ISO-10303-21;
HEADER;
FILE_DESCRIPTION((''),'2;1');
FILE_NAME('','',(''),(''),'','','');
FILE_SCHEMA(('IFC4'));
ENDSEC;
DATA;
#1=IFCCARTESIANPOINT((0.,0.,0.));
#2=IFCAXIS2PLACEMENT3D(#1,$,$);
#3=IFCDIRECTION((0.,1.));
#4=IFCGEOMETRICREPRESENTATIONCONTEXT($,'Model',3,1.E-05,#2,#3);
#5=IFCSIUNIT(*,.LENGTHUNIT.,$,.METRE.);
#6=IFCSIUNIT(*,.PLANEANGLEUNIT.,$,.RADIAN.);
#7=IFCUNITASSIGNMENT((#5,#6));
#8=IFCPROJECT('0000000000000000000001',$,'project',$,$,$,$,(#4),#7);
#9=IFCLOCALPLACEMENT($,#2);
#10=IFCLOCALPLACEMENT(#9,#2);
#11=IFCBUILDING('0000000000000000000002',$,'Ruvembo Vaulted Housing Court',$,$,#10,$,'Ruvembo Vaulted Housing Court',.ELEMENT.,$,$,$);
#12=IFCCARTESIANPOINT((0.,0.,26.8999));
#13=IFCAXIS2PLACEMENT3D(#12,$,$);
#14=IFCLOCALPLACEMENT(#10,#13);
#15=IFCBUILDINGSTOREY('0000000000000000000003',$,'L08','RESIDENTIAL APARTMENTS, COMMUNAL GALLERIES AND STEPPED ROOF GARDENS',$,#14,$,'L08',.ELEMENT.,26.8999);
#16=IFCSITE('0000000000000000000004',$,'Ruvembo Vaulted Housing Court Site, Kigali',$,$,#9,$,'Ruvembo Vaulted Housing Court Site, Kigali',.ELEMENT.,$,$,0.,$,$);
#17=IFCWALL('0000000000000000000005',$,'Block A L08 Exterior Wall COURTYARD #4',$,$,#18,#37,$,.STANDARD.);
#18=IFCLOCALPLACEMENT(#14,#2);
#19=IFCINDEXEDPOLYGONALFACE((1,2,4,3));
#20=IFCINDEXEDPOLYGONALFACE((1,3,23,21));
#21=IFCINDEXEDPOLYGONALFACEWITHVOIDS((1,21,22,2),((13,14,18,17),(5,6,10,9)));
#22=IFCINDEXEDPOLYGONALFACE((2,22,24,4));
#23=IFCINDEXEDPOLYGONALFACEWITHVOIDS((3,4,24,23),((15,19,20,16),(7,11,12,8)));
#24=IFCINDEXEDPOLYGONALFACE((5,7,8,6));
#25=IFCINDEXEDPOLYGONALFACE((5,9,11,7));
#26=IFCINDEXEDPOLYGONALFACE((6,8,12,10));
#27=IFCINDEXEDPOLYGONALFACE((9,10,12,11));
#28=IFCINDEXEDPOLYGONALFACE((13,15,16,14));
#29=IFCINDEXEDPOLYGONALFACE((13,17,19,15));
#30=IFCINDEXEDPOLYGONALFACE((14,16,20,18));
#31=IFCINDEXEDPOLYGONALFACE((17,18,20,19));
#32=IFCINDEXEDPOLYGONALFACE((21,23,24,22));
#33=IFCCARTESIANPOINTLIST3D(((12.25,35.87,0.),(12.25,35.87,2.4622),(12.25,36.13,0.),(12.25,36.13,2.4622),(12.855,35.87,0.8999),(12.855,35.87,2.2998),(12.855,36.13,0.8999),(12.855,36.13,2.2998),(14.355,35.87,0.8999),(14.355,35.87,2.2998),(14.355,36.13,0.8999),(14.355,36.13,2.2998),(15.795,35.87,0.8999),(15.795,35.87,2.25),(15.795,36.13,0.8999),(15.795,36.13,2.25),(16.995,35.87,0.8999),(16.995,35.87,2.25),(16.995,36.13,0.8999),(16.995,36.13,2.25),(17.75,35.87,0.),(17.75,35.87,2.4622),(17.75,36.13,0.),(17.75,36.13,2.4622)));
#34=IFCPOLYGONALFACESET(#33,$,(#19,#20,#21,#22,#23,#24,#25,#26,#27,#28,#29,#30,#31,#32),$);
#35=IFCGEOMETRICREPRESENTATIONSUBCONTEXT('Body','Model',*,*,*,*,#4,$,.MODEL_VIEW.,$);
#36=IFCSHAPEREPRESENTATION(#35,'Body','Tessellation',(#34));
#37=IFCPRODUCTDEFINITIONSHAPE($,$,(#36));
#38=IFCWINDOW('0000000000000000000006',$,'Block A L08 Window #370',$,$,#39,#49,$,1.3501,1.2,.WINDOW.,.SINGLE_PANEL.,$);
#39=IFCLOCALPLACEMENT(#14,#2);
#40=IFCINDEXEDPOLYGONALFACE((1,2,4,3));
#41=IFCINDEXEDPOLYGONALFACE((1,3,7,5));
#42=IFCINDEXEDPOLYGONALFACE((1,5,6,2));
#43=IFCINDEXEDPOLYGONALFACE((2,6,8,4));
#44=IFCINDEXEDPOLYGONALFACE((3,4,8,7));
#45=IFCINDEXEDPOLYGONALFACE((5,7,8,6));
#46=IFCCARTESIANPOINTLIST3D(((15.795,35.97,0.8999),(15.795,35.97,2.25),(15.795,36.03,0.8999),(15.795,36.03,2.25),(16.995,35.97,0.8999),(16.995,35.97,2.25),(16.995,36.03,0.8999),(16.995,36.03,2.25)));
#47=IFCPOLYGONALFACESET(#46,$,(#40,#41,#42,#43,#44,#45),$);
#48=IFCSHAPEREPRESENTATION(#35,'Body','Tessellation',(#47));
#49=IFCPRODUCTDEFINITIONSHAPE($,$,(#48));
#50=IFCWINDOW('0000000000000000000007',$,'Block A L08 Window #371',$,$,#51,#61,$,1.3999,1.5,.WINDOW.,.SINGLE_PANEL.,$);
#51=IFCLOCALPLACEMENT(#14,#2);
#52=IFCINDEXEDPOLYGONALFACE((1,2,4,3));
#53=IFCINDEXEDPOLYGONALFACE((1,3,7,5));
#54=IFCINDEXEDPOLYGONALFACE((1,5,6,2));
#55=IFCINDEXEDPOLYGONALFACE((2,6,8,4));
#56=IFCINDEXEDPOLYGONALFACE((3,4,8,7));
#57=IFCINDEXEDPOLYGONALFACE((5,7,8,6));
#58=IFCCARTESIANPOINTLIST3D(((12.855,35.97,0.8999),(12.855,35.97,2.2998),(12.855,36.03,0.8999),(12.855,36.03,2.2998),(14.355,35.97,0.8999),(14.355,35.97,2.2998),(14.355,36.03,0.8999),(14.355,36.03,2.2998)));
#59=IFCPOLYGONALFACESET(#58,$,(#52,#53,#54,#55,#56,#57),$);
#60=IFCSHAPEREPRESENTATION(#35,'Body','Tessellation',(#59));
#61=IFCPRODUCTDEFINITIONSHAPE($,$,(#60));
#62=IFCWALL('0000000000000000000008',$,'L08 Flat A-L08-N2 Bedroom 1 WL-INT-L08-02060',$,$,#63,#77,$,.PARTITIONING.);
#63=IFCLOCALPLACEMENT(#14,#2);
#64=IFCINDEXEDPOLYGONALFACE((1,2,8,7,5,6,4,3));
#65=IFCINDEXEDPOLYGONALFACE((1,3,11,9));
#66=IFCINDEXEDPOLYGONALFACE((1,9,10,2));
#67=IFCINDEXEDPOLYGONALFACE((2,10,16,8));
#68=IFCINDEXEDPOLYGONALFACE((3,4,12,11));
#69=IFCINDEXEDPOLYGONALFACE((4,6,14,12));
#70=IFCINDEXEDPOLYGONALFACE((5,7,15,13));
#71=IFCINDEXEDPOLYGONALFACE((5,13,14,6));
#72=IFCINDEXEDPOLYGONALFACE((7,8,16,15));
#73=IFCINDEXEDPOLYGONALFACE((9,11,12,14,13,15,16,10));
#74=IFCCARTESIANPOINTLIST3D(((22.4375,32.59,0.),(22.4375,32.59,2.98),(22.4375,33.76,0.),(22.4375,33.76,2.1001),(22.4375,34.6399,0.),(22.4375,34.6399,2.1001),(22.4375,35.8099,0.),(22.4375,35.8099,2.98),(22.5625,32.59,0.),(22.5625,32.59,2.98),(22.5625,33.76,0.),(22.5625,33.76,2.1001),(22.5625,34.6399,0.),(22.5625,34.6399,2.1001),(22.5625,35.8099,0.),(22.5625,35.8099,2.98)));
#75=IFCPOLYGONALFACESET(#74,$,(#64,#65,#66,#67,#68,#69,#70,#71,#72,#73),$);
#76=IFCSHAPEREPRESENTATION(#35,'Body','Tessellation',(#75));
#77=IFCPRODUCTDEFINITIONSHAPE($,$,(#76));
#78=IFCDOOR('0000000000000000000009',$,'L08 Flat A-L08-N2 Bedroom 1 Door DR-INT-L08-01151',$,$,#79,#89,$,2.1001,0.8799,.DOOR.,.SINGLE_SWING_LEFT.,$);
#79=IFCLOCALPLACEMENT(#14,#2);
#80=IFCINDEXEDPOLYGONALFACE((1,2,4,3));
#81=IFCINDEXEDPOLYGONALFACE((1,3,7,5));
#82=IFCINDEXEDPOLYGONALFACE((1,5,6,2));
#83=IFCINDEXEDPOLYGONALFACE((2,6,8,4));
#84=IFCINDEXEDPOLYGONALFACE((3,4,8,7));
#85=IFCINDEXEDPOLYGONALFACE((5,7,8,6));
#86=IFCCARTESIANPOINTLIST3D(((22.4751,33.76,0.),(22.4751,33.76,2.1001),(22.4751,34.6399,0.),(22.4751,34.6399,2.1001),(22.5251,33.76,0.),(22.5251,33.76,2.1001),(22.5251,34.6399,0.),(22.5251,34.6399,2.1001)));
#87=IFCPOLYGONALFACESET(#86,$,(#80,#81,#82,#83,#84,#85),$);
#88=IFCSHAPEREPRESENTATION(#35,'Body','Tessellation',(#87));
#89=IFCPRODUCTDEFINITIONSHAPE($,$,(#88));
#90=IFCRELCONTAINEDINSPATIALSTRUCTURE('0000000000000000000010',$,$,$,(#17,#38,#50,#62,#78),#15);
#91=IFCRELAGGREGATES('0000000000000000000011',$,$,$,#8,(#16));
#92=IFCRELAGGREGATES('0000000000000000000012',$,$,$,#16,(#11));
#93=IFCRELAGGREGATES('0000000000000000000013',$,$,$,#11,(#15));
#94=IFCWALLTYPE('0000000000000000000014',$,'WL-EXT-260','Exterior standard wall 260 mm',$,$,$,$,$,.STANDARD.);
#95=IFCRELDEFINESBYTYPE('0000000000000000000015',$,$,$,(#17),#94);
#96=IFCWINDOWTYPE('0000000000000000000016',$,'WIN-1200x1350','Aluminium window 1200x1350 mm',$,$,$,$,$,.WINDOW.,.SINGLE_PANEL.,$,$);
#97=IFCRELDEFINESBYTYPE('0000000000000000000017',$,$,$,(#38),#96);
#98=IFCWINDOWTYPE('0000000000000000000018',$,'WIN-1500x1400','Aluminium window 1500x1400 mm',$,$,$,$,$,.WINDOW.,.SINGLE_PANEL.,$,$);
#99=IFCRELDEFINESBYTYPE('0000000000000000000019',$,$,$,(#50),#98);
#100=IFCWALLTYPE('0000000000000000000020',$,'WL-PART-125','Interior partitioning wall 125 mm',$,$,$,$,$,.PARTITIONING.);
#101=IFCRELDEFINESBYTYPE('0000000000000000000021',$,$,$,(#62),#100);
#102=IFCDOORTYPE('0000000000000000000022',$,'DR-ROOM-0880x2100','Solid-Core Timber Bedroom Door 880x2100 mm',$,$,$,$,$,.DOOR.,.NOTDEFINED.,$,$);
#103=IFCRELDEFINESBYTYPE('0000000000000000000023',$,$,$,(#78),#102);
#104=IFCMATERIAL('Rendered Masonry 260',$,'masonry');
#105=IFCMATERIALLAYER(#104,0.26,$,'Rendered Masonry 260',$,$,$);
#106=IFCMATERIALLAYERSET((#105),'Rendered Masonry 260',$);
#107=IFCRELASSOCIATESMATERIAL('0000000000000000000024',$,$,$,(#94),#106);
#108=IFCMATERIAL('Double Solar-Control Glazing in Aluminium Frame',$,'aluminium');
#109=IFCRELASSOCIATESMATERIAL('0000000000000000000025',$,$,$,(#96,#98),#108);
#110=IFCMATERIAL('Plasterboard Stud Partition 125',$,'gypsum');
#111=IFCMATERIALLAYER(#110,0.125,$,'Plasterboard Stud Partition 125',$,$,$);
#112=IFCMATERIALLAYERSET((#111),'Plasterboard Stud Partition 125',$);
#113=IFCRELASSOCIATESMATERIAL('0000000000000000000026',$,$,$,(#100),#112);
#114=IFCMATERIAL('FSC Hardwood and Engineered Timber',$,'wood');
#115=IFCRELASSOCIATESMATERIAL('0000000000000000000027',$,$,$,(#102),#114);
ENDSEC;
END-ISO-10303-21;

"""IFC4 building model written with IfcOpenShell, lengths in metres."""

from ifc_helpers import new_model, si_unit, direction, frame, frame_2d, origin, place, context, subcontext, project, spatial, rectangle, extrude, material, layer, layer_set, type_object, element, fill, save


model = new_model("IFC4")

# Units and contexts
model_context = context("Model", 3, precision=1e-05, world=origin(), true_north=direction((0.0, 1.0)))
body_context = subcontext(model_context, "Body", "Model", "MODEL_VIEW")
ifc_project = project(units=[si_unit("LENGTHUNIT", "METRE"), si_unit("PLANEANGLEUNIT", "RADIAN")], contexts=[model_context])

# Site, building, storey
site_placement = place(None, origin())
site = spatial("IfcSite", under=ifc_project, at=site_placement, Name="Ruvembo Vaulted Housing Court Site, Kigali", LongName="Ruvembo Vaulted Housing Court Site, Kigali", CompositionType="ELEMENT", RefElevation=0.0)
building_placement = place(site_placement, origin())
building = spatial("IfcBuilding", under=site, at=building_placement, Name="Ruvembo Vaulted Housing Court", LongName="Ruvembo Vaulted Housing Court", CompositionType="ELEMENT")
storey_placement = place(building_placement, frame((0.0, 0.0, 26.8999)))
storey = spatial("IfcBuildingStorey", under=building, at=storey_placement, Name="L08", Description="RESIDENTIAL APARTMENTS, COMMUNAL GALLERIES AND STEPPED ROOF GARDENS", LongName="L08", CompositionType="ELEMENT", Elevation=26.8999)

# Wall, openings, windows
ifc_material_1 = material(Name="Rendered Masonry 260", Category="masonry")
ifc_layer_1 = layer(ifc_material_1, 0.26, Name="Rendered Masonry 260")
ifc_layer_set_1 = layer_set([ifc_layer_1], Name="Rendered Masonry 260")
wall_type_1 = type_object("IfcWallType", Name="WL-EXT-260", Description="Exterior standard wall 260 mm", PredefinedType="STANDARD", material=ifc_layer_set_1)
ifc_material_2 = material(Name="Double Solar-Control Glazing in Aluminium Frame", Category="aluminium")
wall_1_placement = place(storey_placement, frame((17.75, 36.0, 0.0), z_axis=(0.0, 0.0, 1.0), x_axis=(-1.0, 0.0, 0.0)))
wall_1 = element("IfcWall", 1, at=wall_1_placement, inside=storey, type_object=wall_type_1, Name="Block A L08 Exterior Wall COURTYARD #4", PredefinedType="STANDARD", context=body_context, shape_type="SweptSolid", body=[
    extrude(rectangle(XDim=5.5, YDim=0.26, at=frame_2d((2.75, 0.0))), origin(), (0.0, 0.0, 1.0), 2.4622),
])
opening_1_placement = place(wall_1_placement, frame((0.7549, 0.0, 0.8999)))
opening_1 = element("IfcOpeningElement", 2, at=opening_1_placement, cuts=wall_1, PredefinedType="OPENING", context=body_context, shape_type="SweptSolid", body=[
    extrude(rectangle(XDim=1.2, YDim=1.3501, at=frame_2d((0.6001, 0.675))), frame((0.0, 0.1399, 0.0), z_axis=(0.0, -1.0, 0.0), x_axis=(1.0, 0.0, 0.0)), (0.0, 0.0, 1.0), 0.28),
])
opening_2_placement = place(wall_1_placement, frame((3.395, 0.0, 0.8999)))
opening_2 = element("IfcOpeningElement", 3, at=opening_2_placement, cuts=wall_1, PredefinedType="OPENING", context=body_context, shape_type="SweptSolid", body=[
    extrude(rectangle(XDim=1.5, YDim=1.3999, at=frame_2d((0.75, 0.7))), frame((0.0, 0.1399, 0.0), z_axis=(0.0, -1.0, 0.0), x_axis=(1.0, 0.0, 0.0)), (0.0, 0.0, 1.0), 0.28),
])
window_type_1 = type_object("IfcWindowType", Name="WIN-1200x1350", Description="Aluminium window 1200x1350 mm", PartitioningType="SINGLE_PANEL", PredefinedType="WINDOW", material=ifc_material_2)
window_1_placement = place(opening_1_placement, origin())
window_1 = element("IfcWindow", 4, at=window_1_placement, inside=storey, type_object=window_type_1, Name="Block A L08 Window #370", OverallHeight=1.3501, OverallWidth=1.2, PartitioningType="SINGLE_PANEL", PredefinedType="WINDOW", context=body_context, shape_type="SweptSolid", body=[
    extrude(rectangle(XDim=1.2, YDim=1.3501, at=frame_2d((0.6001, 0.675))), frame((0.0, 0.03, 0.0), z_axis=(0.0, -1.0, 0.0), x_axis=(1.0, 0.0, 0.0)), (0.0, 0.0, 1.0), 0.0601),
])
fill(opening_1, window_1)
window_type_2 = type_object("IfcWindowType", Name="WIN-1500x1400", Description="Aluminium window 1500x1400 mm", PartitioningType="SINGLE_PANEL", PredefinedType="WINDOW", material=ifc_material_2)
window_2_placement = place(opening_2_placement, origin())
window_2 = element("IfcWindow", 5, at=window_2_placement, inside=storey, type_object=window_type_2, Name="Block A L08 Window #371", OverallHeight=1.3999, OverallWidth=1.5, PartitioningType="SINGLE_PANEL", PredefinedType="WINDOW", context=body_context, shape_type="SweptSolid", body=[
    extrude(rectangle(XDim=1.5, YDim=1.3999, at=frame_2d((0.75, 0.7))), frame((0.0, 0.03, 0.0), z_axis=(0.0, -1.0, 0.0), x_axis=(1.0, 0.0, 0.0)), (0.0, 0.0, 1.0), 0.0601),
])
fill(opening_2, window_2)

# Wall, opening, door
ifc_material_3 = material(Name="Plasterboard Stud Partition 125", Category="gypsum")
ifc_layer_2 = layer(ifc_material_3, 0.125, Name="Plasterboard Stud Partition 125")
ifc_layer_set_2 = layer_set([ifc_layer_2], Name="Plasterboard Stud Partition 125")
wall_type_2 = type_object("IfcWallType", Name="WL-PART-125", Description="Interior partitioning wall 125 mm", PredefinedType="PARTITIONING", material=ifc_layer_set_2)
wall_2_placement = place(storey_placement, frame((22.5, 32.5901, 0.0), z_axis=(0.0, 0.0, 1.0), x_axis=(0.0, 1.0, 0.0)))
wall_2 = element("IfcWall", 6, at=wall_2_placement, inside=storey, type_object=wall_type_2, Name="L08 Flat A-L08-N2 Bedroom 1 WL-INT-L08-02060", PredefinedType="PARTITIONING", context=body_context, shape_type="SweptSolid", body=[
    extrude(rectangle(XDim=3.22, YDim=0.125, at=frame_2d((1.6099, 0.0))), origin(), (0.0, 0.0, 1.0), 2.98),
])
opening_3_placement = place(wall_2_placement, frame((1.1699, 0.0, 0.0)))
opening_3 = element("IfcOpeningElement", 7, at=opening_3_placement, cuts=wall_2, PredefinedType="OPENING", context=body_context, shape_type="SweptSolid", body=[
    extrude(rectangle(XDim=0.8799, YDim=2.1001, at=frame_2d((0.4399, 1.05))), frame((0.0, 0.0725, 0.0), z_axis=(0.0, -1.0, 0.0), x_axis=(1.0, 0.0, 0.0)), (0.0, 0.0, 1.0), 0.145),
])
ifc_material_4 = material(Name="FSC Hardwood and Engineered Timber", Category="wood")
door_type = type_object("IfcDoorType", Name="DR-ROOM-0880x2100", Description="Solid-Core Timber Bedroom Door 880x2100 mm", OperationType="NOTDEFINED", PredefinedType="DOOR", material=ifc_material_4)
door_placement = place(opening_3_placement, origin())
door = element("IfcDoor", 8, at=door_placement, inside=storey, type_object=door_type, Name="L08 Flat A-L08-N2 Bedroom 1 Door DR-INT-L08-01151", OperationType="SINGLE_SWING_LEFT", OverallHeight=2.1001, OverallWidth=0.8799, PredefinedType="DOOR", context=body_context, shape_type="SweptSolid", body=[
    extrude(rectangle(XDim=0.8799, YDim=2.1001, at=frame_2d((0.4399, 1.05))), frame((0.0, 0.0249, 0.0), z_axis=(0.0, -1.0, 0.0), x_axis=(1.0, 0.0, 0.0)), (0.0, 0.0, 1.0), 0.05),
])
fill(opening_3, door)

save(model, "model.ifc")
